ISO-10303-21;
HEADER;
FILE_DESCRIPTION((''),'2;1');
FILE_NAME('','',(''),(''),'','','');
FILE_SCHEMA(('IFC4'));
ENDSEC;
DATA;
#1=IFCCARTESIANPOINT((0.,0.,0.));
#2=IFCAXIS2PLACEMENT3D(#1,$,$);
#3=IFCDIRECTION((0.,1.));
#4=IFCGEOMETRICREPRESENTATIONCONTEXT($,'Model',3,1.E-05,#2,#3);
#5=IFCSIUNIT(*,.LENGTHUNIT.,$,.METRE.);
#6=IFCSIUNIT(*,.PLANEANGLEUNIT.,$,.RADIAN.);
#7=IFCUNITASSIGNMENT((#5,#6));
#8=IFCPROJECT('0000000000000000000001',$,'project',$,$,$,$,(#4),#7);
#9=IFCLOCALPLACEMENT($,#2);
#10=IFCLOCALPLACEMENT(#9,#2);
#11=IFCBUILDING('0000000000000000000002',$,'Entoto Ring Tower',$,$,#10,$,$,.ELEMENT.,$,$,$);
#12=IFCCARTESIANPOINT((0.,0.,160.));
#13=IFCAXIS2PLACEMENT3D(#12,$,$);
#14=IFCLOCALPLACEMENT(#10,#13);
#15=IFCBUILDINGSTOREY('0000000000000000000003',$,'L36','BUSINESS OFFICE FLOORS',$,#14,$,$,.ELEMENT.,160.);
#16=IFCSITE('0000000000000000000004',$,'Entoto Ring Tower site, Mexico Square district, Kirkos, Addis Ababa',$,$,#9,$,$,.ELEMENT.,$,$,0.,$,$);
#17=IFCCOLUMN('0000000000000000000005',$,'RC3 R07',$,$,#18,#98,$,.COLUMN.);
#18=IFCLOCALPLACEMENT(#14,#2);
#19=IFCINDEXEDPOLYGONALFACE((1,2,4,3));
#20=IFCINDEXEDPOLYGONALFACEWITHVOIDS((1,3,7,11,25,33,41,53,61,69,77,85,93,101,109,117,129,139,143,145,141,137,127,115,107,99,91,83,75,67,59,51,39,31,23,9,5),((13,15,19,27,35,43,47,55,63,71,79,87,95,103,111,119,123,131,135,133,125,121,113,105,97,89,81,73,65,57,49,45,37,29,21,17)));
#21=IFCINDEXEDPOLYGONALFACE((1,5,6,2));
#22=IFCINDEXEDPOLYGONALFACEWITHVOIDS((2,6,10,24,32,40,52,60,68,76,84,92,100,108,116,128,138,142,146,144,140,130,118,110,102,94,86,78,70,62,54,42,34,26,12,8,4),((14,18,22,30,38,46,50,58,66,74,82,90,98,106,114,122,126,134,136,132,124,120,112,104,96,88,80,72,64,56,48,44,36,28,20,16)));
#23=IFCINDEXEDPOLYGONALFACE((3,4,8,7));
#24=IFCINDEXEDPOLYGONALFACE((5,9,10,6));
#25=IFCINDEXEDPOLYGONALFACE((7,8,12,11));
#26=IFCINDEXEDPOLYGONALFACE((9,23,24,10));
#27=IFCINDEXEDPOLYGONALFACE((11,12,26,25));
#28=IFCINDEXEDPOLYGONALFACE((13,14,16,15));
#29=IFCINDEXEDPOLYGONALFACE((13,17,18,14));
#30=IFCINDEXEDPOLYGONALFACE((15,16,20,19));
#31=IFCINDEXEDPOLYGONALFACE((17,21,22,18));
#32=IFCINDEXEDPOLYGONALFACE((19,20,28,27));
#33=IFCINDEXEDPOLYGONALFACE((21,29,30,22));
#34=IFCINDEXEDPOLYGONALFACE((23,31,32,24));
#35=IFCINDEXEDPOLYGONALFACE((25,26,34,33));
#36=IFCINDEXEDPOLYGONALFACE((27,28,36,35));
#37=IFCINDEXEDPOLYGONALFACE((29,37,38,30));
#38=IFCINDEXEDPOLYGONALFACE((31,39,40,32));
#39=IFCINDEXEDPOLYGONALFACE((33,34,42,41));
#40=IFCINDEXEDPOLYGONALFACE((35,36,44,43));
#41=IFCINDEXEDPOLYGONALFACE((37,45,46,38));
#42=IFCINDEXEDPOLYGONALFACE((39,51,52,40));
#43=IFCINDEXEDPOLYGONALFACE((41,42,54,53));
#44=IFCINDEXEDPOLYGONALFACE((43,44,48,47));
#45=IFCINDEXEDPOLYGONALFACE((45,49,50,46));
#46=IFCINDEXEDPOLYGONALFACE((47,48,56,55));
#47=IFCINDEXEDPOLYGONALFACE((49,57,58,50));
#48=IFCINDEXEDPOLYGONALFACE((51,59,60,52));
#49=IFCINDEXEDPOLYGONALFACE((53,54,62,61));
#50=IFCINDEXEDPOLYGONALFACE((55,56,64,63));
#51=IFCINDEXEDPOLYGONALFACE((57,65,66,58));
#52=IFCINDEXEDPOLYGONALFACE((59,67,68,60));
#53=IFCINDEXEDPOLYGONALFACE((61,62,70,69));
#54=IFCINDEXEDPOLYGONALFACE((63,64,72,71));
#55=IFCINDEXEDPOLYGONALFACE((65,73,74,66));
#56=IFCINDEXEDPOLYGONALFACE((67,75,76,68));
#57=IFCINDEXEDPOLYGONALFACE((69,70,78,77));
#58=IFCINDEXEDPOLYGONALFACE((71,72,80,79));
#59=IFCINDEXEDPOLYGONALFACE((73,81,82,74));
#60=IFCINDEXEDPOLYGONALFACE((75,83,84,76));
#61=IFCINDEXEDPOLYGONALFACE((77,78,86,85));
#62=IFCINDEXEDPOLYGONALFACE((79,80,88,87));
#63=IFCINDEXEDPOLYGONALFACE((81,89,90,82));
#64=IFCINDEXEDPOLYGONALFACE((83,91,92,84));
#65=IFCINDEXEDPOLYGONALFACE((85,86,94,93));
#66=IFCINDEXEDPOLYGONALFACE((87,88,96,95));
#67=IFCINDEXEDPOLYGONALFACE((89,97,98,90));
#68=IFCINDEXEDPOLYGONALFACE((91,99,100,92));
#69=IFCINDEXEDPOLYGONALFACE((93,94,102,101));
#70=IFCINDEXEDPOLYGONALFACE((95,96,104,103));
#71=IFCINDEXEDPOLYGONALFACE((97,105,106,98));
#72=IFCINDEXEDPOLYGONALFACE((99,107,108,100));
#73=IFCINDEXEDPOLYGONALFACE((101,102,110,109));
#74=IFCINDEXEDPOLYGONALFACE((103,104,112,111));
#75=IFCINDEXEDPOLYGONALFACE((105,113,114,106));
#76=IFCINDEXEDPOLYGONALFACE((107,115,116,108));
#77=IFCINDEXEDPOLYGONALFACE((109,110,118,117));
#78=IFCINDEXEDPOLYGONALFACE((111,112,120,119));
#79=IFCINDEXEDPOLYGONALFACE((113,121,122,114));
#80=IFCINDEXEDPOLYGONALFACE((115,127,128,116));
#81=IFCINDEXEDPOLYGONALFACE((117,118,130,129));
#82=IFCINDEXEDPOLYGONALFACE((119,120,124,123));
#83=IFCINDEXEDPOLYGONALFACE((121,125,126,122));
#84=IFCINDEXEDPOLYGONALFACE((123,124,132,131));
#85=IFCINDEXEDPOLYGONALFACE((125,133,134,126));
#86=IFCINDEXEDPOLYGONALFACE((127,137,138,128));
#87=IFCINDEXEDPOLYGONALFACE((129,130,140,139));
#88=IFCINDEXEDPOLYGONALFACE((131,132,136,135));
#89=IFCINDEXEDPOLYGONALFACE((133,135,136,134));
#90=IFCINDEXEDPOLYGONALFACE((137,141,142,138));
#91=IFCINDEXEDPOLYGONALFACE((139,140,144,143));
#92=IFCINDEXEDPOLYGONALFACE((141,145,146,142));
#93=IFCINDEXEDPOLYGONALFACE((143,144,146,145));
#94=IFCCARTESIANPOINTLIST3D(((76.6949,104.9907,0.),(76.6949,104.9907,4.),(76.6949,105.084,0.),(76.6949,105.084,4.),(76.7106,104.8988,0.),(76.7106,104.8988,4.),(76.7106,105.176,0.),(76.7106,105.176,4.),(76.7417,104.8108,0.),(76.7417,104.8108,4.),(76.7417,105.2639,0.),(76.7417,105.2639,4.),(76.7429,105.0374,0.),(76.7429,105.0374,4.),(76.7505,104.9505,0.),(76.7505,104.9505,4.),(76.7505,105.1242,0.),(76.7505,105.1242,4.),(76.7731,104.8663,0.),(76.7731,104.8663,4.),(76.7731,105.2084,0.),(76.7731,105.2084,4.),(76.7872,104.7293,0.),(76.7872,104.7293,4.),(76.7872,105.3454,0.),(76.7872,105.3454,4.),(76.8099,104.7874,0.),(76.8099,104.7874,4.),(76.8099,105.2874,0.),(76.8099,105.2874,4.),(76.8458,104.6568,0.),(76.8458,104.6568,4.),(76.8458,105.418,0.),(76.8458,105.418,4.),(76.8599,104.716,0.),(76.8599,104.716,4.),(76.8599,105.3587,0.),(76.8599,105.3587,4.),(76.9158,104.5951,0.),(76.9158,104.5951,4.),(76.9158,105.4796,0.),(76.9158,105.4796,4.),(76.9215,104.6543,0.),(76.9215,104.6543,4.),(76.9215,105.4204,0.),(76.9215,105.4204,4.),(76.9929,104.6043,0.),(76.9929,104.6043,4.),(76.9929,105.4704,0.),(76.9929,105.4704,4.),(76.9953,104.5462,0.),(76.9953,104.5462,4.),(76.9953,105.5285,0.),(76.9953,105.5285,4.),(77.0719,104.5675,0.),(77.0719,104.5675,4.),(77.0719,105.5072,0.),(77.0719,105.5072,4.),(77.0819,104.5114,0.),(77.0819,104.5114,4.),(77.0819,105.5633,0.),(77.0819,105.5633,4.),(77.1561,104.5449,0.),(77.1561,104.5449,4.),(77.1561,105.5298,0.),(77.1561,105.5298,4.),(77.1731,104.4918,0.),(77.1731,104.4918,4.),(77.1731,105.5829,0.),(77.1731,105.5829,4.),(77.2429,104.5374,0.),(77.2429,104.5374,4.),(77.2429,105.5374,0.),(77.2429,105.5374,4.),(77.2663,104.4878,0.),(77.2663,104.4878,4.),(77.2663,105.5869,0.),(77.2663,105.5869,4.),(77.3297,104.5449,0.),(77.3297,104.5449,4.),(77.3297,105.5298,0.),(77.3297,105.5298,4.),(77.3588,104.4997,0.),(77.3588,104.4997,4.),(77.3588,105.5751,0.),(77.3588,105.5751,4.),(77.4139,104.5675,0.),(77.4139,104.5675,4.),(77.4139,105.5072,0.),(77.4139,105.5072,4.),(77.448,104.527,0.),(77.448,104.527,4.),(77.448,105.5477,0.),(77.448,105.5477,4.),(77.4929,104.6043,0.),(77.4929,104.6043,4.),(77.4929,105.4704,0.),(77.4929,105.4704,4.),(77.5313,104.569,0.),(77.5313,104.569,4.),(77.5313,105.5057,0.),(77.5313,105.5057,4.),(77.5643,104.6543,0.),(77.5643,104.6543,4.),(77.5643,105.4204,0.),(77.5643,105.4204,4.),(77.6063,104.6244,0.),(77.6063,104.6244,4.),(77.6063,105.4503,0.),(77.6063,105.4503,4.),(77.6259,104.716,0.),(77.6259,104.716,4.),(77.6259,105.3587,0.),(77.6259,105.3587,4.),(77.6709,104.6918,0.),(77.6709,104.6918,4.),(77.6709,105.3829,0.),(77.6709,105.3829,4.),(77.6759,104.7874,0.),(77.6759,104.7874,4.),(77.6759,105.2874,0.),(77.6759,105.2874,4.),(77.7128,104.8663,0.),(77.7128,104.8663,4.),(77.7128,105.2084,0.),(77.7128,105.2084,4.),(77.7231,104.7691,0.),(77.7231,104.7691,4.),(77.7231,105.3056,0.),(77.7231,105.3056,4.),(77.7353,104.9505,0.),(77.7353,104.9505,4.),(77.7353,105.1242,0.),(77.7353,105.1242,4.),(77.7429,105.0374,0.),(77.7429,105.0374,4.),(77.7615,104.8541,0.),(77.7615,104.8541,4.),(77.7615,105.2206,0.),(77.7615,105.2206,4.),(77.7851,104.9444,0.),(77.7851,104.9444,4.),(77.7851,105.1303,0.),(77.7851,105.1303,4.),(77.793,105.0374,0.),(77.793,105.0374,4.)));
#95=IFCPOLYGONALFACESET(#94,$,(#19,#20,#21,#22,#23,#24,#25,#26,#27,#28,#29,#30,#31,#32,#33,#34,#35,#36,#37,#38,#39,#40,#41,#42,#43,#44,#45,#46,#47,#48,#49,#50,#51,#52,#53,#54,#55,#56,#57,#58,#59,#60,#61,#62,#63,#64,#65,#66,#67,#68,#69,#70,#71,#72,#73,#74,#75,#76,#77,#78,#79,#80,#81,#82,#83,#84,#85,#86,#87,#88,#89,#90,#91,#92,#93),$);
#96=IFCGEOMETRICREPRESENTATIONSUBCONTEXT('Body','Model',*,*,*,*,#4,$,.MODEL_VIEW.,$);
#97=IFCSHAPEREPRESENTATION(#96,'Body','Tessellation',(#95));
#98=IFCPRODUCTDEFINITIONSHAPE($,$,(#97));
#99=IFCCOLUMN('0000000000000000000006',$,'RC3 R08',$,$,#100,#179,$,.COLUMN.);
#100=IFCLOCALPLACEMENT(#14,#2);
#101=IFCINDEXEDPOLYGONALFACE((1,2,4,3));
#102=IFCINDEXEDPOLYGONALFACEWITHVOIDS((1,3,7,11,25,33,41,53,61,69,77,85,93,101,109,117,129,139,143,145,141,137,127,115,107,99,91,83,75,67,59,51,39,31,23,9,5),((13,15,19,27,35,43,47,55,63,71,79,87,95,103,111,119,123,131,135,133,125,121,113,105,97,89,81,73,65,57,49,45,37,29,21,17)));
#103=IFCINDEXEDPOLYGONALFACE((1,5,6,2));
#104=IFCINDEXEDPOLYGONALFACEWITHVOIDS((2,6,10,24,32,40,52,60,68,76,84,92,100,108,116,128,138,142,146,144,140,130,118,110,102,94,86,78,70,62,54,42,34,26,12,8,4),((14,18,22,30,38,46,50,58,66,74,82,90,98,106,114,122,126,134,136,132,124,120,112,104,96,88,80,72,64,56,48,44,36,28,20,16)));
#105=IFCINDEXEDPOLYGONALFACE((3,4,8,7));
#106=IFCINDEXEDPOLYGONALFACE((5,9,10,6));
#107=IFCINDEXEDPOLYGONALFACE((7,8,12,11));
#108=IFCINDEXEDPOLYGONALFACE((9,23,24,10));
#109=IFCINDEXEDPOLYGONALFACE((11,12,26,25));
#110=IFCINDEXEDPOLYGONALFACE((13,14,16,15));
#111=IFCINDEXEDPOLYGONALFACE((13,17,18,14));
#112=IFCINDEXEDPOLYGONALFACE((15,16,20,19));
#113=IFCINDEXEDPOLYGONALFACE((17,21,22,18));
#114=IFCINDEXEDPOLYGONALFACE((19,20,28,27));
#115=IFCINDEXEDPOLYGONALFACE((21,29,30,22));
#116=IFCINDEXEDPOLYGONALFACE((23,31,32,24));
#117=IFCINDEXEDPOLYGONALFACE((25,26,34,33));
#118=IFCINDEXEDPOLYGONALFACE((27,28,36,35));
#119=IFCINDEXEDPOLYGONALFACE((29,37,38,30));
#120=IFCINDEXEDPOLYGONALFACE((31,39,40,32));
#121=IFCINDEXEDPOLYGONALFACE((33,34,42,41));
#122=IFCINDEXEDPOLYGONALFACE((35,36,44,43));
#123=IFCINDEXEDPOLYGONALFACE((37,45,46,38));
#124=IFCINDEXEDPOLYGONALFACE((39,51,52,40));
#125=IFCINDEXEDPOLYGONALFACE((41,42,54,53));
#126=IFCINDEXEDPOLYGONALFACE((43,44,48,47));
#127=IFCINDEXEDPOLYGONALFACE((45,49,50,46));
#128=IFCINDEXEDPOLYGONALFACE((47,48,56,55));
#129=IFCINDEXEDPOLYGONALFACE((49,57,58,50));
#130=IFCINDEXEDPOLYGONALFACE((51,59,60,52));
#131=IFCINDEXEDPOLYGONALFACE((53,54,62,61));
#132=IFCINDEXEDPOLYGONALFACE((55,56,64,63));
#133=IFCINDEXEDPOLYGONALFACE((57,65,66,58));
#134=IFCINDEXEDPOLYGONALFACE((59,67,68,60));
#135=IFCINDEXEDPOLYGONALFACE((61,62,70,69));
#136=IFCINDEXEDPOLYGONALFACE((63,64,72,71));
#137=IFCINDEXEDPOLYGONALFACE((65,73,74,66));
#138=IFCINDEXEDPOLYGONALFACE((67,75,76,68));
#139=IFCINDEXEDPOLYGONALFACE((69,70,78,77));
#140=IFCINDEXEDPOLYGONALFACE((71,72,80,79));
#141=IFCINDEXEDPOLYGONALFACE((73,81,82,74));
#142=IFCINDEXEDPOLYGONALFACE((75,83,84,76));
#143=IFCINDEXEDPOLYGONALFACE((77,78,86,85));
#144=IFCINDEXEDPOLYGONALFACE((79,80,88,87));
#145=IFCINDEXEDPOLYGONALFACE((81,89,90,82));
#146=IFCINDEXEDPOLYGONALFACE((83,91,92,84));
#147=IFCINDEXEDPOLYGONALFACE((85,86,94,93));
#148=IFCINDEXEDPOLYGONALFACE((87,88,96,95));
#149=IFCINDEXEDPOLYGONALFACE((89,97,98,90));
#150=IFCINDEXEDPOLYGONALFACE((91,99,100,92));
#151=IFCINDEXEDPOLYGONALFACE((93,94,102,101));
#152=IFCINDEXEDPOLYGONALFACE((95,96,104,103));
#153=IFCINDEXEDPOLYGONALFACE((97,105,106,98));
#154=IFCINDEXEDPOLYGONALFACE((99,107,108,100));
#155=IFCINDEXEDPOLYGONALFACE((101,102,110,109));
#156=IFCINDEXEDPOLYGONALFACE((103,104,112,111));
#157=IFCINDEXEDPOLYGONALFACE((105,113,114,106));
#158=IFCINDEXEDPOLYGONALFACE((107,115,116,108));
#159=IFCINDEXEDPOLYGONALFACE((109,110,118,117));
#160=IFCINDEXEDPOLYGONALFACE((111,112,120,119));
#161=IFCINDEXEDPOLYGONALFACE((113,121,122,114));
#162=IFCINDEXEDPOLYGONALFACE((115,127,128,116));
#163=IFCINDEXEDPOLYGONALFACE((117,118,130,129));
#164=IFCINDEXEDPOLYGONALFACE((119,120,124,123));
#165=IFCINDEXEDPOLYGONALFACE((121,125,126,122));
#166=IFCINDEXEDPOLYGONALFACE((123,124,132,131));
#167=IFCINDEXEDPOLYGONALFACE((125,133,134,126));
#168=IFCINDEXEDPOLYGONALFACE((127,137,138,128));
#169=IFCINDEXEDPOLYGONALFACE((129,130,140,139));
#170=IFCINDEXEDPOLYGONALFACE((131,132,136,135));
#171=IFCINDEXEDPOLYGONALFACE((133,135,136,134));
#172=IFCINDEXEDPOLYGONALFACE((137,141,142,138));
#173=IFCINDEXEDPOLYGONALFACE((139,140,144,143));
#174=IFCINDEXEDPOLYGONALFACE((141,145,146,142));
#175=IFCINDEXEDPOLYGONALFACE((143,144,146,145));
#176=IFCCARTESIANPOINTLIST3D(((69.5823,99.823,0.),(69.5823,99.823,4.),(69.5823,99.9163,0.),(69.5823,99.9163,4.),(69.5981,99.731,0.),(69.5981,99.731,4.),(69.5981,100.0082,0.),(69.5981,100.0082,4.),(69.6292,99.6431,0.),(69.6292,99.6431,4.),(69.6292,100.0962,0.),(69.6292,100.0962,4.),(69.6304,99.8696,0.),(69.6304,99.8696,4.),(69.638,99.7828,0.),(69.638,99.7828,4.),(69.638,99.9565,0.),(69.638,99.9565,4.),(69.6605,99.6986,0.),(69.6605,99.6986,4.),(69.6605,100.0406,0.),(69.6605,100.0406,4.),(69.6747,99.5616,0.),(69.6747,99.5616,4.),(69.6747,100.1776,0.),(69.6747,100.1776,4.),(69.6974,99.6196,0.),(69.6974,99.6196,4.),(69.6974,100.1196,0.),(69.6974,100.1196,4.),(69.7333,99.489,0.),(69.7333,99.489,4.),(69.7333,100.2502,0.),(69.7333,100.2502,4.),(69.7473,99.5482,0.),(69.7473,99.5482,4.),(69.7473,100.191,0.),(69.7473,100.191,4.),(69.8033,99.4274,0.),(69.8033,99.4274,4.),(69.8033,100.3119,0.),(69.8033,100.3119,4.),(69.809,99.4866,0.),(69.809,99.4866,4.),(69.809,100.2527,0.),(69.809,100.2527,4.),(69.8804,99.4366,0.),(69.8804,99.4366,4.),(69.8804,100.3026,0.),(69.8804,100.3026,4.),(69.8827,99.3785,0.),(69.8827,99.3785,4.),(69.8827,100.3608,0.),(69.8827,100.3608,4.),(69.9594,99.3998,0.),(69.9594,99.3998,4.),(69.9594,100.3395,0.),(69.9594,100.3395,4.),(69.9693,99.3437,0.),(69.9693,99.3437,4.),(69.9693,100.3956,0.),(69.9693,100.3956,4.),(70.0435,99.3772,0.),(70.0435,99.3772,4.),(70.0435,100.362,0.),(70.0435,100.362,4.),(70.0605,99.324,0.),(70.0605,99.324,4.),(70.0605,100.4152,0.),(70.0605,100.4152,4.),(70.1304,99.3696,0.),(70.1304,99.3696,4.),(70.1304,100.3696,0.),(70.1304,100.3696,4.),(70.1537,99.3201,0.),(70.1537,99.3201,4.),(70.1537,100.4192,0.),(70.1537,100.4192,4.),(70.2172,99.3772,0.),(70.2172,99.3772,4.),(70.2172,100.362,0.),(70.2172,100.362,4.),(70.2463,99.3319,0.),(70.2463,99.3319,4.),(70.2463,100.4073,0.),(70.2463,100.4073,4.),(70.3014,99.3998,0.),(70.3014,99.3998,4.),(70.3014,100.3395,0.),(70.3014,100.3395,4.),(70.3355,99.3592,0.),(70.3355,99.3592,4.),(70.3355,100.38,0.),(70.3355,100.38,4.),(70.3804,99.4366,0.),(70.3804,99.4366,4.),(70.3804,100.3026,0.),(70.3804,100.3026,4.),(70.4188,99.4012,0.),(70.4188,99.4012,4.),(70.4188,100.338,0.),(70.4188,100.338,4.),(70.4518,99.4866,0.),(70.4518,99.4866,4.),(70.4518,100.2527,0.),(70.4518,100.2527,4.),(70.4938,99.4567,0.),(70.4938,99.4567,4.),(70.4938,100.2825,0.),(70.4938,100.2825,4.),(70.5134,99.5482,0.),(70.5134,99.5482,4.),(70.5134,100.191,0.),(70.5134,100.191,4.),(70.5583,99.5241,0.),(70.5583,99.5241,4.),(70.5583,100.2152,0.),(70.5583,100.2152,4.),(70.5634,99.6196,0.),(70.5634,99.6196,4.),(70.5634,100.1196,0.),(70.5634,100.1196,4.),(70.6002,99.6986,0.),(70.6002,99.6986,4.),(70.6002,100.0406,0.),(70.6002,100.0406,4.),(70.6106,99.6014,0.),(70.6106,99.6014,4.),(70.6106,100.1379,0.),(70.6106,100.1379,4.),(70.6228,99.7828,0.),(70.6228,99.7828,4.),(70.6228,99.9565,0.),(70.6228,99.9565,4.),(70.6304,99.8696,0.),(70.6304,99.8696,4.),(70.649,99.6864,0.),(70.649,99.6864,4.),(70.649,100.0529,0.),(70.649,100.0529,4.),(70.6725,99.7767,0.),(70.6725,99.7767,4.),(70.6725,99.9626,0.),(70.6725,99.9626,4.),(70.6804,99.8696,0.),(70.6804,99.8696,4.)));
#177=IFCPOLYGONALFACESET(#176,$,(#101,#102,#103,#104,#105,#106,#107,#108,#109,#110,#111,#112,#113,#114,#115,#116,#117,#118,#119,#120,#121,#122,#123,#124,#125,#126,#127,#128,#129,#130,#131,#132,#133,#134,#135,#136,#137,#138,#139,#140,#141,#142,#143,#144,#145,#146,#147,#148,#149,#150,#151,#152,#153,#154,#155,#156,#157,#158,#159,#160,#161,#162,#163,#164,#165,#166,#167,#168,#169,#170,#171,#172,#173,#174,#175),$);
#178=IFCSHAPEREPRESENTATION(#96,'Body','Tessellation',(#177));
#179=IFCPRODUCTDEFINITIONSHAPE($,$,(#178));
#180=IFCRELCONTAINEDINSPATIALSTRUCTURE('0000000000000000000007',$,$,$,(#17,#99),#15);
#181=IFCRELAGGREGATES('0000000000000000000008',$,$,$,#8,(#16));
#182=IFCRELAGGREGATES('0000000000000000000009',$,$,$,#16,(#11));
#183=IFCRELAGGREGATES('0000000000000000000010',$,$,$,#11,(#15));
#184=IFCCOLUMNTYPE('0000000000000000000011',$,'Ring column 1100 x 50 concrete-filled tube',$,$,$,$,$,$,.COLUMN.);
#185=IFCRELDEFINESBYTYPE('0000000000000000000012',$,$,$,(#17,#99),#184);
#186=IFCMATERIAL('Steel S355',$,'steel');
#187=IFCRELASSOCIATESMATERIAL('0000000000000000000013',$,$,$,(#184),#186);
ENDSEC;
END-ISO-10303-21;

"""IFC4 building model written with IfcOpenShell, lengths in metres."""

from ifc_helpers import new_model, si_unit, direction, frame, origin, origin_2d, place, context, subcontext, project, spatial, circle, hollow_circle, extrude, material, material_profile, profile_set, type_object, element, save


model = new_model("IFC4")

# Units and contexts
model_context = context("Model", 3, precision=1e-05, world=origin(), true_north=direction((0.0, 1.0)))
body_context = subcontext(model_context, "Body", "Model", "MODEL_VIEW")
ifc_project = project(units=[si_unit("LENGTHUNIT", "METRE"), si_unit("PLANEANGLEUNIT", "RADIAN")], contexts=[model_context])

# Site, building, storey
site_placement = place(None, origin())
site = spatial("IfcSite", under=ifc_project, at=site_placement, Name="Entoto Ring Tower site, Mexico Square district, Kirkos, Addis Ababa", CompositionType="ELEMENT", RefElevation=0.0)
building_placement = place(site_placement, origin())
building = spatial("IfcBuilding", under=site, at=building_placement, Name="Entoto Ring Tower", CompositionType="ELEMENT")
storey_placement = place(building_placement, frame((0.0, 0.0, 160.0)))
storey = spatial("IfcBuildingStorey", under=building, at=storey_placement, Name="L36", Description="BUSINESS OFFICE FLOORS", CompositionType="ELEMENT", Elevation=160.0)

# Columns
ifc_material_1 = material(Name="Steel S355", Category="steel")
ifc_material_profile_1 = material_profile(ifc_material_1, hollow_circle(Radius=0.55, WallThickness=0.05, at=origin_2d()), Name="CHS 1100 x 50")
ifc_material_2 = material(Name="Concrete C60/75", Category="concrete")
ifc_material_profile_2 = material_profile(ifc_material_2, circle(Radius=0.5, at=origin_2d()), Name="Concrete C60/75 infill")
ifc_profile_set_1 = profile_set([ifc_material_profile_1, ifc_material_profile_2], Name="Steel S355")
column_type = type_object("IfcColumnType", Name="Ring column 1100 x 50 concrete-filled tube", PredefinedType="COLUMN", material=ifc_profile_set_1)
for number, where, z_axis, x_axis, name in (
    (1, (77.2429, 105.0374, 0.0), (0.0, 0.0, 1.0), (1.0, 0.0, 0.0), "RC3 R07"),
    (2, (70.1304, 99.8696, 0.0), (0.0, 0.0, 1.0), (1.0, 0.0, 0.0), "RC3 R08"),
):
    element("IfcColumn", number, at=place(storey_placement, frame(where, z_axis=z_axis, x_axis=x_axis)), inside=storey, type_object=column_type, Name=name, PredefinedType="COLUMN", context=body_context, shape_type="SweptSolid", body=[
        extrude(hollow_circle(Radius=0.55, WallThickness=0.05, at=origin_2d()), origin(), (0.0, 0.0, 1.0), 4.0),
    ])

save(model, "model.ifc")
